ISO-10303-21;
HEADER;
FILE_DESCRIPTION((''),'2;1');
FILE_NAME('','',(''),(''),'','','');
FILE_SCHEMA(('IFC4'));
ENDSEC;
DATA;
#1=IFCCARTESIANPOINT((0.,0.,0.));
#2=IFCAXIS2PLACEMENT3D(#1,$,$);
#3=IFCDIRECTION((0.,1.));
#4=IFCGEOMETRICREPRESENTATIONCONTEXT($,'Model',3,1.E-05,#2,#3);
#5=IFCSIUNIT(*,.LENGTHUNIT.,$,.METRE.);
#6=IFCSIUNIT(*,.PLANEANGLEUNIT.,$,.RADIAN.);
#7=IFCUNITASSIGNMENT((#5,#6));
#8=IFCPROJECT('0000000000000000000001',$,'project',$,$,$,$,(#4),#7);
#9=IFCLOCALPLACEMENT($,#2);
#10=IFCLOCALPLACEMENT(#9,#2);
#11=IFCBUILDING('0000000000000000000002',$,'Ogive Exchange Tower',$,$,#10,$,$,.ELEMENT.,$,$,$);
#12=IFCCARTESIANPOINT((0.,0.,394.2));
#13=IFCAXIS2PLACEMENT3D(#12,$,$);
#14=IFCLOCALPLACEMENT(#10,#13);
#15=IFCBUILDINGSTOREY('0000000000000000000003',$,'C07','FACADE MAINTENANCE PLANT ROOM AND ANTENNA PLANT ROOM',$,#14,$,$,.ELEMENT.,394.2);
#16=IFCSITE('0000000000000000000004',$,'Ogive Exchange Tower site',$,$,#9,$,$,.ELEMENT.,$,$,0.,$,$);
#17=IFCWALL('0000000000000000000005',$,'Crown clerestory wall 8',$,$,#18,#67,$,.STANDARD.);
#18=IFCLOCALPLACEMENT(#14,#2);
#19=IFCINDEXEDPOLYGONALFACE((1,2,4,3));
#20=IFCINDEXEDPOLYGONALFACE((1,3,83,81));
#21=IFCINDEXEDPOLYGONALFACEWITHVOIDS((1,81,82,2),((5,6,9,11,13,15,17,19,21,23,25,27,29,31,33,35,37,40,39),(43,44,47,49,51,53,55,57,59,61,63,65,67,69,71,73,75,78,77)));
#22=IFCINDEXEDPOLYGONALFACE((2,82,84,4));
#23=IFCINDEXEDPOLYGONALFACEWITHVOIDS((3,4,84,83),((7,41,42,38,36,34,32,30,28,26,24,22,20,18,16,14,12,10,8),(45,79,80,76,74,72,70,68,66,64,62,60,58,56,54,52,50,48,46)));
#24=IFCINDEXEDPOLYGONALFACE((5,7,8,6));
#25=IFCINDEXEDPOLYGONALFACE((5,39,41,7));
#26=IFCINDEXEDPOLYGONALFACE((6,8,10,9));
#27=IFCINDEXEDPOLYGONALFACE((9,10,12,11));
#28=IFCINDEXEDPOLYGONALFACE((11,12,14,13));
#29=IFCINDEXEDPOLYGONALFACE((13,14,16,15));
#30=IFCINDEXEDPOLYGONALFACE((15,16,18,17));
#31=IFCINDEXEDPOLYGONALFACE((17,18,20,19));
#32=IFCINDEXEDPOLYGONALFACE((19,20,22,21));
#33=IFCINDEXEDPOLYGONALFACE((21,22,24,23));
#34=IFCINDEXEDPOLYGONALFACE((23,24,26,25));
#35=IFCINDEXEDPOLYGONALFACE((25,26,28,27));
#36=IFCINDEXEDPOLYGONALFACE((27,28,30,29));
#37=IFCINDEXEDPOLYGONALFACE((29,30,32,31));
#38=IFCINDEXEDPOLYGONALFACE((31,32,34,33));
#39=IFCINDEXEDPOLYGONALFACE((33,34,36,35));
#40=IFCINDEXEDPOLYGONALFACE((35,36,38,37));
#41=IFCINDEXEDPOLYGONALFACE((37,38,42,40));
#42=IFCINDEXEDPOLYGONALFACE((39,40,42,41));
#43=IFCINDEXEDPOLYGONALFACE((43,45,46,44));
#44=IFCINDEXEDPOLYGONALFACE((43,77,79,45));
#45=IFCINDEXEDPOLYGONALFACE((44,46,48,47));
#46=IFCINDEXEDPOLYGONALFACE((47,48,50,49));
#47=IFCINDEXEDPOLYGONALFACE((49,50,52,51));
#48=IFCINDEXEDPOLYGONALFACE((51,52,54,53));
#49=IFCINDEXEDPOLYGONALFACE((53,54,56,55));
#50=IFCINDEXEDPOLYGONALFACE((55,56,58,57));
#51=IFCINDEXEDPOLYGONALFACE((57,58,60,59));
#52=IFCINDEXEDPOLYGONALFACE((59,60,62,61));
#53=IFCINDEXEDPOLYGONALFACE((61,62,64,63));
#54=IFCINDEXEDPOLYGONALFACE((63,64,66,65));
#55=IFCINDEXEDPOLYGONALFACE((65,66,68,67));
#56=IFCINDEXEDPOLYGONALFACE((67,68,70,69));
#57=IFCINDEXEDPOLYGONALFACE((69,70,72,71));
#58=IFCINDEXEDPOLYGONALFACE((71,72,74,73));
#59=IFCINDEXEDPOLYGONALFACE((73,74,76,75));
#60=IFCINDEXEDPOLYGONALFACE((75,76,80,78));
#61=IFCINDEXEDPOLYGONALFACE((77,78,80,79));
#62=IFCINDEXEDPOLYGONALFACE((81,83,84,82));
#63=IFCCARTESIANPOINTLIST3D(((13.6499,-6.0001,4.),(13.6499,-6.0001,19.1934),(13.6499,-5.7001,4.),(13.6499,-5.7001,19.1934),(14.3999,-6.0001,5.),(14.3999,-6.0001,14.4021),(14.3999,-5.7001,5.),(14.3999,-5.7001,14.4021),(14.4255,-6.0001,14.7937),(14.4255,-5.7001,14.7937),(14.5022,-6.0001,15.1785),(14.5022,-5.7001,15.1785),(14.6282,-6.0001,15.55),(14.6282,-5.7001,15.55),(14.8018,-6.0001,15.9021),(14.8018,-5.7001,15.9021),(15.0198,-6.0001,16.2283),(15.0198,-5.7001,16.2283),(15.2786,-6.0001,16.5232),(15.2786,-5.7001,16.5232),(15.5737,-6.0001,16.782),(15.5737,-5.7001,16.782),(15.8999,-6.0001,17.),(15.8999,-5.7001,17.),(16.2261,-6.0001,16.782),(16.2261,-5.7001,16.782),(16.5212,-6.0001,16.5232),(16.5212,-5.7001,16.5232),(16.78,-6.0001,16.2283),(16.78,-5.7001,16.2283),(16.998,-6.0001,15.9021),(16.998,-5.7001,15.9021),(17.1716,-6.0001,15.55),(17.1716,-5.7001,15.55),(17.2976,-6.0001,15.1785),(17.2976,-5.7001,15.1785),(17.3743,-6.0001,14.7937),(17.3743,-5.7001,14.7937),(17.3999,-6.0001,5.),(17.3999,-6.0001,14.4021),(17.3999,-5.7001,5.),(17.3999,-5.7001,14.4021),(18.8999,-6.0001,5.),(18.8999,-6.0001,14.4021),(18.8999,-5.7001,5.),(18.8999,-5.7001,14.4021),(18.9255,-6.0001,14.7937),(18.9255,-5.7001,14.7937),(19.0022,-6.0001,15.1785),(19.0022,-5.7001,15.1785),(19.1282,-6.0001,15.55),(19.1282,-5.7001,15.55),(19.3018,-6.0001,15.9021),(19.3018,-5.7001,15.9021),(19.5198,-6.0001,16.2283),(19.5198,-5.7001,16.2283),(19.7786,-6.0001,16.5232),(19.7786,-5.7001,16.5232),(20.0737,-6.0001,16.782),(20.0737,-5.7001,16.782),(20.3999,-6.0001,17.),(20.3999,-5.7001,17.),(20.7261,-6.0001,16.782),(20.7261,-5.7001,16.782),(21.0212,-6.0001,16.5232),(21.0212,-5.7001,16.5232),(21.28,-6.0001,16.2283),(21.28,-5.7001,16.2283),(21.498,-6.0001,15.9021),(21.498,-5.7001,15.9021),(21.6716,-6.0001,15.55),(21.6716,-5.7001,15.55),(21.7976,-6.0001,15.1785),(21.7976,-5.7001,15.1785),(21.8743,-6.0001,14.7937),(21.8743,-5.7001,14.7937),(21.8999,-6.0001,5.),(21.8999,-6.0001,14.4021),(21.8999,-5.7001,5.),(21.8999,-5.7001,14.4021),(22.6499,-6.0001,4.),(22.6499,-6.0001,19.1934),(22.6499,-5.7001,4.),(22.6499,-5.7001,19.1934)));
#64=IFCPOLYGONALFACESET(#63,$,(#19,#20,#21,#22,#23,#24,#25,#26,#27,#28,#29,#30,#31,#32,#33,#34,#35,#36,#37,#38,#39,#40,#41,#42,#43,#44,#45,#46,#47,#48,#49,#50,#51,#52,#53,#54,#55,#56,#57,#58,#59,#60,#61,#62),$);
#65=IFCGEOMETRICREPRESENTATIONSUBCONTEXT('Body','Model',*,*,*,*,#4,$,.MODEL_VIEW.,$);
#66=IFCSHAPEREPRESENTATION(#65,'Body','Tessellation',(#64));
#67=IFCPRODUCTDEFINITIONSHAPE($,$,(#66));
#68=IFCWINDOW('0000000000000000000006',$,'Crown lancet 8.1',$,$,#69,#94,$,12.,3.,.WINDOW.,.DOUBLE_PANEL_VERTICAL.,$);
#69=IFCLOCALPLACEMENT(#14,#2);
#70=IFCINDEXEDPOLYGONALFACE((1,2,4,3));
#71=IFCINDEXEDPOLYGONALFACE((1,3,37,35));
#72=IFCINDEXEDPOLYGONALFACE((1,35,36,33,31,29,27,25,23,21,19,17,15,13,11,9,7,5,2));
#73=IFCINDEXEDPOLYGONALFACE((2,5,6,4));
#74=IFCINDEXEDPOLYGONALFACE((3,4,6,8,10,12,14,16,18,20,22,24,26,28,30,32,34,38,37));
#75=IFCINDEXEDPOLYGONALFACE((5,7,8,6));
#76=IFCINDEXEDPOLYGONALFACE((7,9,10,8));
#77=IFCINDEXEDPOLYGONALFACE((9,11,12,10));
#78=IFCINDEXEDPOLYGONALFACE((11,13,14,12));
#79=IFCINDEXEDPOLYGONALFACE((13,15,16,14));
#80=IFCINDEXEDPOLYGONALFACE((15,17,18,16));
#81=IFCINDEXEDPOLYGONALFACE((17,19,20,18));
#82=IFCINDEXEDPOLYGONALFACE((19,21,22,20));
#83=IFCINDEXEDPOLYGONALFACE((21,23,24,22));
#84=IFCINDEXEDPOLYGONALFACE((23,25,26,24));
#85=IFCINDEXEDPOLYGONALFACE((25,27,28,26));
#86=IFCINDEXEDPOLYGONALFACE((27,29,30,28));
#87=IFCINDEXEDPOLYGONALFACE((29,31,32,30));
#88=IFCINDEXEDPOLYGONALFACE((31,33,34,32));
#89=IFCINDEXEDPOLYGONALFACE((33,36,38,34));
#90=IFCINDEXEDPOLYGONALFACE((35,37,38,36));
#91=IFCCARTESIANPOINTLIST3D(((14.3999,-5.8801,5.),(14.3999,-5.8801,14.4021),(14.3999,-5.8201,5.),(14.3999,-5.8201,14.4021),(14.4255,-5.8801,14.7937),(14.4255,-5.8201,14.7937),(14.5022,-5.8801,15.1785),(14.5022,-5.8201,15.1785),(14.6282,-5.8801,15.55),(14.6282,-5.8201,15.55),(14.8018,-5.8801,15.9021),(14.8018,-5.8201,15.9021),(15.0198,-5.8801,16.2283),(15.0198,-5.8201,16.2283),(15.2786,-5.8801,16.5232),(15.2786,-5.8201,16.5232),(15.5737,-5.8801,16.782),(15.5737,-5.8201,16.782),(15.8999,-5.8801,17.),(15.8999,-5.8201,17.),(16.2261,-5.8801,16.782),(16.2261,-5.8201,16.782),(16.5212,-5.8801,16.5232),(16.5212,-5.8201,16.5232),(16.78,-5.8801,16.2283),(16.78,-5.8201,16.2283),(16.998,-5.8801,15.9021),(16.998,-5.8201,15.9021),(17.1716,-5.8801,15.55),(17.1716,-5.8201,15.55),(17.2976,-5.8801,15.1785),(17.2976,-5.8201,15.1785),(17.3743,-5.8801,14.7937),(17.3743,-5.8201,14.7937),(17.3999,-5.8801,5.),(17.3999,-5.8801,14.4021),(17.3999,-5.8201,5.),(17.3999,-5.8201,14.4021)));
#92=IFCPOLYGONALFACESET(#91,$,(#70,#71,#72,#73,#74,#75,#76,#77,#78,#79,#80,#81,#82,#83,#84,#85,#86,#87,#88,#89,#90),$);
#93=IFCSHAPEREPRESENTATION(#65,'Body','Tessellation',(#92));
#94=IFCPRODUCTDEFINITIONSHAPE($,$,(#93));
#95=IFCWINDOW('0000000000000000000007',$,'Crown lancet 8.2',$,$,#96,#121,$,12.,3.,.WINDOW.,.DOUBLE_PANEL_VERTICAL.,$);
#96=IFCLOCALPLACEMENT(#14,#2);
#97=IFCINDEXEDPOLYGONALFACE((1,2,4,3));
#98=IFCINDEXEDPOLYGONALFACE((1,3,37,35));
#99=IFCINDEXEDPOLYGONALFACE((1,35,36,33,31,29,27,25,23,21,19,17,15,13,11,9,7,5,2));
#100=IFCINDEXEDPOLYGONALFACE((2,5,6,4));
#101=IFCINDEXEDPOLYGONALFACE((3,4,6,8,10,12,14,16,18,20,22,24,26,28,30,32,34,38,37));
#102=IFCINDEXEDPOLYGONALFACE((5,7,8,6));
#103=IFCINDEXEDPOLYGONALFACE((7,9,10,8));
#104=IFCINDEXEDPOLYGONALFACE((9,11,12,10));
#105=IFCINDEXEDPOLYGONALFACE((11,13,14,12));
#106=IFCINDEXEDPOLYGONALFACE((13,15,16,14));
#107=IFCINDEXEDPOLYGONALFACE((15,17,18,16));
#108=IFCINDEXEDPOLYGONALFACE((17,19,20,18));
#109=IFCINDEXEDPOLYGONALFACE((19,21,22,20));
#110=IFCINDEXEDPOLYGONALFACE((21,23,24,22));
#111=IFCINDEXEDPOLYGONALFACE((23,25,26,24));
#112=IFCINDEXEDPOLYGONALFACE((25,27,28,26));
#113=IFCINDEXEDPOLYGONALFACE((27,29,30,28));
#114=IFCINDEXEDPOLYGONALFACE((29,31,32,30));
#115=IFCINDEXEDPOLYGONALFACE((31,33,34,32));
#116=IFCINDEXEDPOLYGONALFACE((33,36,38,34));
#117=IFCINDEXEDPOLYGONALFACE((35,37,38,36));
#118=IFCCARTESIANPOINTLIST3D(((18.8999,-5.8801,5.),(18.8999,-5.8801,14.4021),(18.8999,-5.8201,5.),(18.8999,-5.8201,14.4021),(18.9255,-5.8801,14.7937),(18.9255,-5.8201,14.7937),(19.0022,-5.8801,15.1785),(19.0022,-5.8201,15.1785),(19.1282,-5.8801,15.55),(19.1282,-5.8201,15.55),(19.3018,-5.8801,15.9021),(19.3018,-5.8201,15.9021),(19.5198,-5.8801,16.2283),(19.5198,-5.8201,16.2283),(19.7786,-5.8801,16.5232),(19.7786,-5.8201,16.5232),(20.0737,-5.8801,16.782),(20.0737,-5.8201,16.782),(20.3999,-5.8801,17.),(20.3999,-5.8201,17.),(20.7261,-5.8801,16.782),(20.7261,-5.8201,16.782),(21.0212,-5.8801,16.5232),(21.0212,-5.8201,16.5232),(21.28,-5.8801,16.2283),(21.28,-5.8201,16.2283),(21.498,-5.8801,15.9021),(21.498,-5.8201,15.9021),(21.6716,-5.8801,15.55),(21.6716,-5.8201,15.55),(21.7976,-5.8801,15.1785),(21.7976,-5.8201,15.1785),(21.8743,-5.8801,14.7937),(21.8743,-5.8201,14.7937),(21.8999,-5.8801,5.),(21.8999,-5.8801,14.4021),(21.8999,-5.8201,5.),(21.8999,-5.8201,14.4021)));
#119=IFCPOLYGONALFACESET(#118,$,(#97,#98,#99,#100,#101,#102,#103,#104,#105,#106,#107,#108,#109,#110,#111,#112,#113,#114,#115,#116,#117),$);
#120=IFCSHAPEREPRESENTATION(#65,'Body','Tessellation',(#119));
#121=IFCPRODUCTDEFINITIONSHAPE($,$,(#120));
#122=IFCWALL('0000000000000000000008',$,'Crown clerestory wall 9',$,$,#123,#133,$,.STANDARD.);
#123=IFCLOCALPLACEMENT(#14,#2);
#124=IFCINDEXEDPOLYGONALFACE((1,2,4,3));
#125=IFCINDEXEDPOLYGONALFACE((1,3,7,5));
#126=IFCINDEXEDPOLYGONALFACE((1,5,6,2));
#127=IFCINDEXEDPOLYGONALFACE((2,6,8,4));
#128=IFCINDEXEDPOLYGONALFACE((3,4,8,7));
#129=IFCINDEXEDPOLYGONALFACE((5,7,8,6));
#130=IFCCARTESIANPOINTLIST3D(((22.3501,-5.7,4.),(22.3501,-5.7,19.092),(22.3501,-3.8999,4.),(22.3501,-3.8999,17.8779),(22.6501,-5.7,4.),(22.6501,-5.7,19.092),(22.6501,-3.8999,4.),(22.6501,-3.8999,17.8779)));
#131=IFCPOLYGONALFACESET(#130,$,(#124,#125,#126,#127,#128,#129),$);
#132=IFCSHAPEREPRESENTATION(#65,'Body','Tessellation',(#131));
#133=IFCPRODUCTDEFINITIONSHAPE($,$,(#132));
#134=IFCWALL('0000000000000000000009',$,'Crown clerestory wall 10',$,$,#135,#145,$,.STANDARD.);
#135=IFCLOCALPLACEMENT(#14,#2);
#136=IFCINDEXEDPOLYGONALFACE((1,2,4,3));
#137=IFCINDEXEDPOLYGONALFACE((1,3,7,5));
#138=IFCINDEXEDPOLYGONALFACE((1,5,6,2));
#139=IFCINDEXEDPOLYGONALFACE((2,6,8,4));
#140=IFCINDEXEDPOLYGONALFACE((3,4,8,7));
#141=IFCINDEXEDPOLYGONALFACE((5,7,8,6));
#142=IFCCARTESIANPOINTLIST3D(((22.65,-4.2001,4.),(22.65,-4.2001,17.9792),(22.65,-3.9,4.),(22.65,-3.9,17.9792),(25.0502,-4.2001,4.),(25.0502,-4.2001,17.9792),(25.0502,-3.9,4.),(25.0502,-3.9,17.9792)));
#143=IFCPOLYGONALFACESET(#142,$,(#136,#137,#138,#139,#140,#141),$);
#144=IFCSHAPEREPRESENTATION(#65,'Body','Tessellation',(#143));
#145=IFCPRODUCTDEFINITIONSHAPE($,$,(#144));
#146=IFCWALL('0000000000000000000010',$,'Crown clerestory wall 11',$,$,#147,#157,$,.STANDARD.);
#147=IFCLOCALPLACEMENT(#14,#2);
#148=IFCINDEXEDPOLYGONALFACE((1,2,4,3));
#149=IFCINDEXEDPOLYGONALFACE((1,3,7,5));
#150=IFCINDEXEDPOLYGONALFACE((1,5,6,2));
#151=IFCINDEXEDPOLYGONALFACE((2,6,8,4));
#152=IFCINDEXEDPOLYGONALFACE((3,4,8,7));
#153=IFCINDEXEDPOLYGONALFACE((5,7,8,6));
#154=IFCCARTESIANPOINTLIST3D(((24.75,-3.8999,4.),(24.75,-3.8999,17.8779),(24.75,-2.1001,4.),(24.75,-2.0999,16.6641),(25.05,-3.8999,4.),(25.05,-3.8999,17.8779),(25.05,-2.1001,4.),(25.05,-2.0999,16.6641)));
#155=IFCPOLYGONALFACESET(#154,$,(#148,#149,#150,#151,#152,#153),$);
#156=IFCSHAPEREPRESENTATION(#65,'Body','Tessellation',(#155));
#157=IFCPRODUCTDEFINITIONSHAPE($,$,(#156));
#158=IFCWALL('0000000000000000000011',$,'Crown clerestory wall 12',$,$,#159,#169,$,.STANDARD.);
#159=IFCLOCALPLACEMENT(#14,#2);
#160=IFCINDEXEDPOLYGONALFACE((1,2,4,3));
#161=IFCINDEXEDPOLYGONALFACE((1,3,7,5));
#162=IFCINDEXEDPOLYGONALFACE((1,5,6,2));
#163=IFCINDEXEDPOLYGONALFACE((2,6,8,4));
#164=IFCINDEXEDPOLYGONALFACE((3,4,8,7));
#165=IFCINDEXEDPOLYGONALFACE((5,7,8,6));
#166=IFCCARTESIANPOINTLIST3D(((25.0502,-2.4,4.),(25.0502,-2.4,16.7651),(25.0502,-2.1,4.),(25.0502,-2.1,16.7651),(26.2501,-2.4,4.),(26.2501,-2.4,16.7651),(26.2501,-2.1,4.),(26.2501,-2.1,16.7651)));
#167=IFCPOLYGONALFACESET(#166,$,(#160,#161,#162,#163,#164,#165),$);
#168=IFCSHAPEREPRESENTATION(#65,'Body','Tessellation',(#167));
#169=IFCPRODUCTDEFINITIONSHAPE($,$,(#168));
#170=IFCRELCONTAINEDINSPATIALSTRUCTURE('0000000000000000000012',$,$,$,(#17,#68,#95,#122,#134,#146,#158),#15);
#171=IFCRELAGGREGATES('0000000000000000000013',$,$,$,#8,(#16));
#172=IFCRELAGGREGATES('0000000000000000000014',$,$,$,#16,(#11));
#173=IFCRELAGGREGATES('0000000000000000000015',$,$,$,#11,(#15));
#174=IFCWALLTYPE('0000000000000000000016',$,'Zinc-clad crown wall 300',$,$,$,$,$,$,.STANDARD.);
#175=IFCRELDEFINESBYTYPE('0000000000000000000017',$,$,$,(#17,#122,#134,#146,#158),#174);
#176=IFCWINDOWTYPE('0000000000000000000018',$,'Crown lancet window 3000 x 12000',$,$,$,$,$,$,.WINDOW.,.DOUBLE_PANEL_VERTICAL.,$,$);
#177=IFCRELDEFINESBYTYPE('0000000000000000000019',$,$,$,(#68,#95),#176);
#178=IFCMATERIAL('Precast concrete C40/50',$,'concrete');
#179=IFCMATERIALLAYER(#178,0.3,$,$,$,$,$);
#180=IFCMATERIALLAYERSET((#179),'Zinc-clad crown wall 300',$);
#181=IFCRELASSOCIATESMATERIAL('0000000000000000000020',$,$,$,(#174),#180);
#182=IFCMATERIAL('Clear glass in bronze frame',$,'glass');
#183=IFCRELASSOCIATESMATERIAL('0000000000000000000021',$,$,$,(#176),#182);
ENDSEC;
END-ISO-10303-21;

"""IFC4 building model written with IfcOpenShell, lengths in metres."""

from ifc_helpers import new_model, si_unit, direction, frame, frame_2d, origin, place, context, subcontext, project, spatial, polyline, rectangle, outline, extrude, material, layer, layer_set, type_object, element, fill, save


model = new_model("IFC4")

# Units and contexts
model_context = context("Model", 3, precision=1e-05, world=origin(), true_north=direction((0.0, 1.0)))
body_context = subcontext(model_context, "Body", "Model", "MODEL_VIEW")
ifc_project = project(units=[si_unit("LENGTHUNIT", "METRE"), si_unit("PLANEANGLEUNIT", "RADIAN")], contexts=[model_context])

# Site, building, storey
site_placement = place(None, origin())
site = spatial("IfcSite", under=ifc_project, at=site_placement, Name="Ogive Exchange Tower site", CompositionType="ELEMENT", RefElevation=0.0)
building_placement = place(site_placement, origin())
building = spatial("IfcBuilding", under=site, at=building_placement, Name="Ogive Exchange Tower", CompositionType="ELEMENT")
storey_placement = place(building_placement, frame((0.0, 0.0, 394.2)))
storey = spatial("IfcBuildingStorey", under=building, at=storey_placement, Name="C07", Description="FACADE MAINTENANCE PLANT ROOM AND ANTENNA PLANT ROOM", CompositionType="ELEMENT", Elevation=394.2)

# Wall, openings, windows
ifc_material_1 = material(Name="Precast concrete C40/50", Category="concrete")
ifc_layer_1 = layer(ifc_material_1, 0.3)
ifc_layer_set_1 = layer_set([ifc_layer_1], Name="Zinc-clad crown wall 300")
wall_type = type_object("IfcWallType", Name="Zinc-clad crown wall 300", PredefinedType="STANDARD", material=ifc_layer_set_1)
ifc_material_2 = material(Name="Clear glass in bronze frame", Category="glass")
window_type_1 = type_object("IfcWindowType", Name="Crown lancet window 3000 x 12000", PartitioningType="DOUBLE_PANEL_VERTICAL", PredefinedType="WINDOW", material=ifc_material_2)
wall_1_placement = place(storey_placement, frame((13.6499, -5.8501, 4.0), z_axis=(0.0, 0.0, 1.0), x_axis=(1.0, 0.0, 0.0)))
wall_1 = element("IfcWall", 1, at=wall_1_placement, inside=storey, type_object=wall_type, Name="Crown clerestory wall 8", PredefinedType="STANDARD", context=body_context, shape_type="SweptSolid", body=[
    extrude(rectangle(XDim=9.0, YDim=0.3, at=frame_2d((4.5, 0.0))), origin(), (0.0, 0.0, 1.0), 15.1934),
])
opening_1_placement = place(wall_1_placement, frame((0.75, 0.0, 1.0)))
opening_1 = element("IfcOpeningElement", 2, at=opening_1_placement, cuts=wall_1, PredefinedType="OPENING", context=body_context, shape_type="SweptSolid", body=[
    extrude(outline(polyline([(0.0, 0.0), (3.0, 0.0), (3.0, 9.4021), (2.9744, 9.7937), (2.8977, 10.1785), (2.7717, 10.55), (2.5981, 10.9021), (2.3801, 11.2283), (2.1213, 11.5232), (1.8262, 11.782), (1.5, 12.0), (1.1738, 11.782), (0.8787, 11.5232), (0.6199, 11.2283), (0.4019, 10.9021), (0.2283, 10.55), (0.1023, 10.1785), (0.0256, 9.7937), (0.0, 9.4021), (0.0, 0.0)])), frame((0.0, 0.1599, 0.0), z_axis=(0.0, -1.0, 0.0), x_axis=(1.0, 0.0, 0.0)), (0.0, 0.0, 1.0), 0.3201),
])
opening_2_placement = place(wall_1_placement, frame((5.25, 0.0, 1.0)))
opening_2 = element("IfcOpeningElement", 3, at=opening_2_placement, cuts=wall_1, PredefinedType="OPENING", context=body_context, shape_type="SweptSolid", body=[
    extrude(outline(polyline([(0.0, 0.0), (3.0, 0.0), (3.0, 9.4021), (2.9744, 9.7937), (2.8977, 10.1785), (2.7717, 10.55), (2.5981, 10.9021), (2.3801, 11.2283), (2.1213, 11.5232), (1.8262, 11.782), (1.5, 12.0), (1.1738, 11.782), (0.8787, 11.5232), (0.6199, 11.2283), (0.4019, 10.9021), (0.2283, 10.55), (0.1023, 10.1785), (0.0256, 9.7937), (0.0, 9.4021), (0.0, 0.0)])), frame((0.0, 0.1599, 0.0), z_axis=(0.0, -1.0, 0.0), x_axis=(1.0, 0.0, 0.0)), (0.0, 0.0, 1.0), 0.3201),
])
window_1_placement = place(opening_1_placement, origin())
window_1 = element("IfcWindow", 4, at=window_1_placement, inside=storey, type_object=window_type_1, Name="Crown lancet 8.1", OverallHeight=12.0, OverallWidth=3.0, PartitioningType="DOUBLE_PANEL_VERTICAL", PredefinedType="WINDOW", context=body_context, shape_type="SweptSolid", body=[
    extrude(outline(polyline([(0.0, 0.0), (3.0, 0.0), (3.0, 9.4021), (2.9744, 9.7937), (2.8977, 10.1785), (2.7717, 10.55), (2.5981, 10.9021), (2.3801, 11.2283), (2.1213, 11.5232), (1.8262, 11.782), (1.5, 12.0), (1.1738, 11.782), (0.8787, 11.5232), (0.6199, 11.2283), (0.4019, 10.9021), (0.2283, 10.55), (0.1023, 10.1785), (0.0256, 9.7937), (0.0, 9.4021), (0.0, 0.0)])), frame((0.0, 0.03, 0.0), z_axis=(0.0, -1.0, 0.0), x_axis=(1.0, 0.0, 0.0)), (0.0, 0.0, 1.0), 0.0601),
])
fill(opening_1, window_1)
window_2_placement = place(opening_2_placement, origin())
window_2 = element("IfcWindow", 5, at=window_2_placement, inside=storey, type_object=window_type_1, Name="Crown lancet 8.2", OverallHeight=12.0, OverallWidth=3.0, PartitioningType="DOUBLE_PANEL_VERTICAL", PredefinedType="WINDOW", context=body_context, shape_type="SweptSolid", body=[
    extrude(outline(polyline([(0.0, 0.0), (3.0, 0.0), (3.0, 9.4021), (2.9744, 9.7937), (2.8977, 10.1785), (2.7717, 10.55), (2.5981, 10.9021), (2.3801, 11.2283), (2.1213, 11.5232), (1.8262, 11.782), (1.5, 12.0), (1.1738, 11.782), (0.8787, 11.5232), (0.6199, 11.2283), (0.4019, 10.9021), (0.2283, 10.55), (0.1023, 10.1785), (0.0256, 9.7937), (0.0, 9.4021), (0.0, 0.0)])), frame((0.0, 0.03, 0.0), z_axis=(0.0, -1.0, 0.0), x_axis=(1.0, 0.0, 0.0)), (0.0, 0.0, 1.0), 0.0601),
])
fill(opening_2, window_2)

# Walls
wall_2_placement = place(storey_placement, frame((22.5, -5.7, 4.0), z_axis=(0.0, 0.0, 1.0), x_axis=(0.0, 1.0, 0.0)))
element("IfcWall", 6, at=wall_2_placement, inside=storey, type_object=wall_type, Name="Crown clerestory wall 9", PredefinedType="STANDARD", context=body_context, shape_type="SweptSolid", body=[
    extrude(outline(polyline([(0.0, 0.0), (1.8, 0.0), (1.8, 13.8779), (0.0, 15.092), (0.0, 0.0)])), frame((0.0, 0.1499, 0.0), z_axis=(0.0, -1.0, 0.0), x_axis=(1.0, 0.0, 0.0)), (0.0, 0.0, 1.0), 0.3),
])
wall_3_placement = place(storey_placement, frame((22.6499, -4.05, 4.0), z_axis=(0.0, 0.0, 1.0), x_axis=(1.0, 0.0, 0.0)))
element("IfcWall", 7, at=wall_3_placement, inside=storey, type_object=wall_type, Name="Crown clerestory wall 10", PredefinedType="STANDARD", context=body_context, shape_type="SweptSolid", body=[
    extrude(rectangle(XDim=2.4001, YDim=0.3, at=frame_2d((1.2002, 0.0))), origin(), (0.0, 0.0, 1.0), 13.9792),
])
wall_4_placement = place(storey_placement, frame((24.8999, -3.8999, 4.0), z_axis=(0.0, 0.0, 1.0), x_axis=(0.0, 1.0, 0.0)))
element("IfcWall", 8, at=wall_4_placement, inside=storey, type_object=wall_type, Name="Crown clerestory wall 11", PredefinedType="STANDARD", context=body_context, shape_type="SweptSolid", body=[
    extrude(outline(polyline([(0.0, 0.0), (1.7998, 0.0), (1.8, 12.6641), (0.0, 13.8779), (0.0, 0.0)])), frame((0.0, 0.1499, 0.0), z_axis=(0.0, -1.0, 0.0), x_axis=(1.0, 0.0, 0.0)), (0.0, 0.0, 1.0), 0.3),
])
wall_5_placement = place(storey_placement, frame((25.05, -2.25, 4.0), z_axis=(0.0, 0.0, 1.0), x_axis=(1.0, 0.0, 0.0)))
element("IfcWall", 9, at=wall_5_placement, inside=storey, type_object=wall_type, Name="Crown clerestory wall 12", PredefinedType="STANDARD", context=body_context, shape_type="SweptSolid", body=[
    extrude(rectangle(XDim=1.2, YDim=0.3, at=frame_2d((0.6001, 0.0))), origin(), (0.0, 0.0, 1.0), 12.7651),
])

save(model, "model.ifc")
